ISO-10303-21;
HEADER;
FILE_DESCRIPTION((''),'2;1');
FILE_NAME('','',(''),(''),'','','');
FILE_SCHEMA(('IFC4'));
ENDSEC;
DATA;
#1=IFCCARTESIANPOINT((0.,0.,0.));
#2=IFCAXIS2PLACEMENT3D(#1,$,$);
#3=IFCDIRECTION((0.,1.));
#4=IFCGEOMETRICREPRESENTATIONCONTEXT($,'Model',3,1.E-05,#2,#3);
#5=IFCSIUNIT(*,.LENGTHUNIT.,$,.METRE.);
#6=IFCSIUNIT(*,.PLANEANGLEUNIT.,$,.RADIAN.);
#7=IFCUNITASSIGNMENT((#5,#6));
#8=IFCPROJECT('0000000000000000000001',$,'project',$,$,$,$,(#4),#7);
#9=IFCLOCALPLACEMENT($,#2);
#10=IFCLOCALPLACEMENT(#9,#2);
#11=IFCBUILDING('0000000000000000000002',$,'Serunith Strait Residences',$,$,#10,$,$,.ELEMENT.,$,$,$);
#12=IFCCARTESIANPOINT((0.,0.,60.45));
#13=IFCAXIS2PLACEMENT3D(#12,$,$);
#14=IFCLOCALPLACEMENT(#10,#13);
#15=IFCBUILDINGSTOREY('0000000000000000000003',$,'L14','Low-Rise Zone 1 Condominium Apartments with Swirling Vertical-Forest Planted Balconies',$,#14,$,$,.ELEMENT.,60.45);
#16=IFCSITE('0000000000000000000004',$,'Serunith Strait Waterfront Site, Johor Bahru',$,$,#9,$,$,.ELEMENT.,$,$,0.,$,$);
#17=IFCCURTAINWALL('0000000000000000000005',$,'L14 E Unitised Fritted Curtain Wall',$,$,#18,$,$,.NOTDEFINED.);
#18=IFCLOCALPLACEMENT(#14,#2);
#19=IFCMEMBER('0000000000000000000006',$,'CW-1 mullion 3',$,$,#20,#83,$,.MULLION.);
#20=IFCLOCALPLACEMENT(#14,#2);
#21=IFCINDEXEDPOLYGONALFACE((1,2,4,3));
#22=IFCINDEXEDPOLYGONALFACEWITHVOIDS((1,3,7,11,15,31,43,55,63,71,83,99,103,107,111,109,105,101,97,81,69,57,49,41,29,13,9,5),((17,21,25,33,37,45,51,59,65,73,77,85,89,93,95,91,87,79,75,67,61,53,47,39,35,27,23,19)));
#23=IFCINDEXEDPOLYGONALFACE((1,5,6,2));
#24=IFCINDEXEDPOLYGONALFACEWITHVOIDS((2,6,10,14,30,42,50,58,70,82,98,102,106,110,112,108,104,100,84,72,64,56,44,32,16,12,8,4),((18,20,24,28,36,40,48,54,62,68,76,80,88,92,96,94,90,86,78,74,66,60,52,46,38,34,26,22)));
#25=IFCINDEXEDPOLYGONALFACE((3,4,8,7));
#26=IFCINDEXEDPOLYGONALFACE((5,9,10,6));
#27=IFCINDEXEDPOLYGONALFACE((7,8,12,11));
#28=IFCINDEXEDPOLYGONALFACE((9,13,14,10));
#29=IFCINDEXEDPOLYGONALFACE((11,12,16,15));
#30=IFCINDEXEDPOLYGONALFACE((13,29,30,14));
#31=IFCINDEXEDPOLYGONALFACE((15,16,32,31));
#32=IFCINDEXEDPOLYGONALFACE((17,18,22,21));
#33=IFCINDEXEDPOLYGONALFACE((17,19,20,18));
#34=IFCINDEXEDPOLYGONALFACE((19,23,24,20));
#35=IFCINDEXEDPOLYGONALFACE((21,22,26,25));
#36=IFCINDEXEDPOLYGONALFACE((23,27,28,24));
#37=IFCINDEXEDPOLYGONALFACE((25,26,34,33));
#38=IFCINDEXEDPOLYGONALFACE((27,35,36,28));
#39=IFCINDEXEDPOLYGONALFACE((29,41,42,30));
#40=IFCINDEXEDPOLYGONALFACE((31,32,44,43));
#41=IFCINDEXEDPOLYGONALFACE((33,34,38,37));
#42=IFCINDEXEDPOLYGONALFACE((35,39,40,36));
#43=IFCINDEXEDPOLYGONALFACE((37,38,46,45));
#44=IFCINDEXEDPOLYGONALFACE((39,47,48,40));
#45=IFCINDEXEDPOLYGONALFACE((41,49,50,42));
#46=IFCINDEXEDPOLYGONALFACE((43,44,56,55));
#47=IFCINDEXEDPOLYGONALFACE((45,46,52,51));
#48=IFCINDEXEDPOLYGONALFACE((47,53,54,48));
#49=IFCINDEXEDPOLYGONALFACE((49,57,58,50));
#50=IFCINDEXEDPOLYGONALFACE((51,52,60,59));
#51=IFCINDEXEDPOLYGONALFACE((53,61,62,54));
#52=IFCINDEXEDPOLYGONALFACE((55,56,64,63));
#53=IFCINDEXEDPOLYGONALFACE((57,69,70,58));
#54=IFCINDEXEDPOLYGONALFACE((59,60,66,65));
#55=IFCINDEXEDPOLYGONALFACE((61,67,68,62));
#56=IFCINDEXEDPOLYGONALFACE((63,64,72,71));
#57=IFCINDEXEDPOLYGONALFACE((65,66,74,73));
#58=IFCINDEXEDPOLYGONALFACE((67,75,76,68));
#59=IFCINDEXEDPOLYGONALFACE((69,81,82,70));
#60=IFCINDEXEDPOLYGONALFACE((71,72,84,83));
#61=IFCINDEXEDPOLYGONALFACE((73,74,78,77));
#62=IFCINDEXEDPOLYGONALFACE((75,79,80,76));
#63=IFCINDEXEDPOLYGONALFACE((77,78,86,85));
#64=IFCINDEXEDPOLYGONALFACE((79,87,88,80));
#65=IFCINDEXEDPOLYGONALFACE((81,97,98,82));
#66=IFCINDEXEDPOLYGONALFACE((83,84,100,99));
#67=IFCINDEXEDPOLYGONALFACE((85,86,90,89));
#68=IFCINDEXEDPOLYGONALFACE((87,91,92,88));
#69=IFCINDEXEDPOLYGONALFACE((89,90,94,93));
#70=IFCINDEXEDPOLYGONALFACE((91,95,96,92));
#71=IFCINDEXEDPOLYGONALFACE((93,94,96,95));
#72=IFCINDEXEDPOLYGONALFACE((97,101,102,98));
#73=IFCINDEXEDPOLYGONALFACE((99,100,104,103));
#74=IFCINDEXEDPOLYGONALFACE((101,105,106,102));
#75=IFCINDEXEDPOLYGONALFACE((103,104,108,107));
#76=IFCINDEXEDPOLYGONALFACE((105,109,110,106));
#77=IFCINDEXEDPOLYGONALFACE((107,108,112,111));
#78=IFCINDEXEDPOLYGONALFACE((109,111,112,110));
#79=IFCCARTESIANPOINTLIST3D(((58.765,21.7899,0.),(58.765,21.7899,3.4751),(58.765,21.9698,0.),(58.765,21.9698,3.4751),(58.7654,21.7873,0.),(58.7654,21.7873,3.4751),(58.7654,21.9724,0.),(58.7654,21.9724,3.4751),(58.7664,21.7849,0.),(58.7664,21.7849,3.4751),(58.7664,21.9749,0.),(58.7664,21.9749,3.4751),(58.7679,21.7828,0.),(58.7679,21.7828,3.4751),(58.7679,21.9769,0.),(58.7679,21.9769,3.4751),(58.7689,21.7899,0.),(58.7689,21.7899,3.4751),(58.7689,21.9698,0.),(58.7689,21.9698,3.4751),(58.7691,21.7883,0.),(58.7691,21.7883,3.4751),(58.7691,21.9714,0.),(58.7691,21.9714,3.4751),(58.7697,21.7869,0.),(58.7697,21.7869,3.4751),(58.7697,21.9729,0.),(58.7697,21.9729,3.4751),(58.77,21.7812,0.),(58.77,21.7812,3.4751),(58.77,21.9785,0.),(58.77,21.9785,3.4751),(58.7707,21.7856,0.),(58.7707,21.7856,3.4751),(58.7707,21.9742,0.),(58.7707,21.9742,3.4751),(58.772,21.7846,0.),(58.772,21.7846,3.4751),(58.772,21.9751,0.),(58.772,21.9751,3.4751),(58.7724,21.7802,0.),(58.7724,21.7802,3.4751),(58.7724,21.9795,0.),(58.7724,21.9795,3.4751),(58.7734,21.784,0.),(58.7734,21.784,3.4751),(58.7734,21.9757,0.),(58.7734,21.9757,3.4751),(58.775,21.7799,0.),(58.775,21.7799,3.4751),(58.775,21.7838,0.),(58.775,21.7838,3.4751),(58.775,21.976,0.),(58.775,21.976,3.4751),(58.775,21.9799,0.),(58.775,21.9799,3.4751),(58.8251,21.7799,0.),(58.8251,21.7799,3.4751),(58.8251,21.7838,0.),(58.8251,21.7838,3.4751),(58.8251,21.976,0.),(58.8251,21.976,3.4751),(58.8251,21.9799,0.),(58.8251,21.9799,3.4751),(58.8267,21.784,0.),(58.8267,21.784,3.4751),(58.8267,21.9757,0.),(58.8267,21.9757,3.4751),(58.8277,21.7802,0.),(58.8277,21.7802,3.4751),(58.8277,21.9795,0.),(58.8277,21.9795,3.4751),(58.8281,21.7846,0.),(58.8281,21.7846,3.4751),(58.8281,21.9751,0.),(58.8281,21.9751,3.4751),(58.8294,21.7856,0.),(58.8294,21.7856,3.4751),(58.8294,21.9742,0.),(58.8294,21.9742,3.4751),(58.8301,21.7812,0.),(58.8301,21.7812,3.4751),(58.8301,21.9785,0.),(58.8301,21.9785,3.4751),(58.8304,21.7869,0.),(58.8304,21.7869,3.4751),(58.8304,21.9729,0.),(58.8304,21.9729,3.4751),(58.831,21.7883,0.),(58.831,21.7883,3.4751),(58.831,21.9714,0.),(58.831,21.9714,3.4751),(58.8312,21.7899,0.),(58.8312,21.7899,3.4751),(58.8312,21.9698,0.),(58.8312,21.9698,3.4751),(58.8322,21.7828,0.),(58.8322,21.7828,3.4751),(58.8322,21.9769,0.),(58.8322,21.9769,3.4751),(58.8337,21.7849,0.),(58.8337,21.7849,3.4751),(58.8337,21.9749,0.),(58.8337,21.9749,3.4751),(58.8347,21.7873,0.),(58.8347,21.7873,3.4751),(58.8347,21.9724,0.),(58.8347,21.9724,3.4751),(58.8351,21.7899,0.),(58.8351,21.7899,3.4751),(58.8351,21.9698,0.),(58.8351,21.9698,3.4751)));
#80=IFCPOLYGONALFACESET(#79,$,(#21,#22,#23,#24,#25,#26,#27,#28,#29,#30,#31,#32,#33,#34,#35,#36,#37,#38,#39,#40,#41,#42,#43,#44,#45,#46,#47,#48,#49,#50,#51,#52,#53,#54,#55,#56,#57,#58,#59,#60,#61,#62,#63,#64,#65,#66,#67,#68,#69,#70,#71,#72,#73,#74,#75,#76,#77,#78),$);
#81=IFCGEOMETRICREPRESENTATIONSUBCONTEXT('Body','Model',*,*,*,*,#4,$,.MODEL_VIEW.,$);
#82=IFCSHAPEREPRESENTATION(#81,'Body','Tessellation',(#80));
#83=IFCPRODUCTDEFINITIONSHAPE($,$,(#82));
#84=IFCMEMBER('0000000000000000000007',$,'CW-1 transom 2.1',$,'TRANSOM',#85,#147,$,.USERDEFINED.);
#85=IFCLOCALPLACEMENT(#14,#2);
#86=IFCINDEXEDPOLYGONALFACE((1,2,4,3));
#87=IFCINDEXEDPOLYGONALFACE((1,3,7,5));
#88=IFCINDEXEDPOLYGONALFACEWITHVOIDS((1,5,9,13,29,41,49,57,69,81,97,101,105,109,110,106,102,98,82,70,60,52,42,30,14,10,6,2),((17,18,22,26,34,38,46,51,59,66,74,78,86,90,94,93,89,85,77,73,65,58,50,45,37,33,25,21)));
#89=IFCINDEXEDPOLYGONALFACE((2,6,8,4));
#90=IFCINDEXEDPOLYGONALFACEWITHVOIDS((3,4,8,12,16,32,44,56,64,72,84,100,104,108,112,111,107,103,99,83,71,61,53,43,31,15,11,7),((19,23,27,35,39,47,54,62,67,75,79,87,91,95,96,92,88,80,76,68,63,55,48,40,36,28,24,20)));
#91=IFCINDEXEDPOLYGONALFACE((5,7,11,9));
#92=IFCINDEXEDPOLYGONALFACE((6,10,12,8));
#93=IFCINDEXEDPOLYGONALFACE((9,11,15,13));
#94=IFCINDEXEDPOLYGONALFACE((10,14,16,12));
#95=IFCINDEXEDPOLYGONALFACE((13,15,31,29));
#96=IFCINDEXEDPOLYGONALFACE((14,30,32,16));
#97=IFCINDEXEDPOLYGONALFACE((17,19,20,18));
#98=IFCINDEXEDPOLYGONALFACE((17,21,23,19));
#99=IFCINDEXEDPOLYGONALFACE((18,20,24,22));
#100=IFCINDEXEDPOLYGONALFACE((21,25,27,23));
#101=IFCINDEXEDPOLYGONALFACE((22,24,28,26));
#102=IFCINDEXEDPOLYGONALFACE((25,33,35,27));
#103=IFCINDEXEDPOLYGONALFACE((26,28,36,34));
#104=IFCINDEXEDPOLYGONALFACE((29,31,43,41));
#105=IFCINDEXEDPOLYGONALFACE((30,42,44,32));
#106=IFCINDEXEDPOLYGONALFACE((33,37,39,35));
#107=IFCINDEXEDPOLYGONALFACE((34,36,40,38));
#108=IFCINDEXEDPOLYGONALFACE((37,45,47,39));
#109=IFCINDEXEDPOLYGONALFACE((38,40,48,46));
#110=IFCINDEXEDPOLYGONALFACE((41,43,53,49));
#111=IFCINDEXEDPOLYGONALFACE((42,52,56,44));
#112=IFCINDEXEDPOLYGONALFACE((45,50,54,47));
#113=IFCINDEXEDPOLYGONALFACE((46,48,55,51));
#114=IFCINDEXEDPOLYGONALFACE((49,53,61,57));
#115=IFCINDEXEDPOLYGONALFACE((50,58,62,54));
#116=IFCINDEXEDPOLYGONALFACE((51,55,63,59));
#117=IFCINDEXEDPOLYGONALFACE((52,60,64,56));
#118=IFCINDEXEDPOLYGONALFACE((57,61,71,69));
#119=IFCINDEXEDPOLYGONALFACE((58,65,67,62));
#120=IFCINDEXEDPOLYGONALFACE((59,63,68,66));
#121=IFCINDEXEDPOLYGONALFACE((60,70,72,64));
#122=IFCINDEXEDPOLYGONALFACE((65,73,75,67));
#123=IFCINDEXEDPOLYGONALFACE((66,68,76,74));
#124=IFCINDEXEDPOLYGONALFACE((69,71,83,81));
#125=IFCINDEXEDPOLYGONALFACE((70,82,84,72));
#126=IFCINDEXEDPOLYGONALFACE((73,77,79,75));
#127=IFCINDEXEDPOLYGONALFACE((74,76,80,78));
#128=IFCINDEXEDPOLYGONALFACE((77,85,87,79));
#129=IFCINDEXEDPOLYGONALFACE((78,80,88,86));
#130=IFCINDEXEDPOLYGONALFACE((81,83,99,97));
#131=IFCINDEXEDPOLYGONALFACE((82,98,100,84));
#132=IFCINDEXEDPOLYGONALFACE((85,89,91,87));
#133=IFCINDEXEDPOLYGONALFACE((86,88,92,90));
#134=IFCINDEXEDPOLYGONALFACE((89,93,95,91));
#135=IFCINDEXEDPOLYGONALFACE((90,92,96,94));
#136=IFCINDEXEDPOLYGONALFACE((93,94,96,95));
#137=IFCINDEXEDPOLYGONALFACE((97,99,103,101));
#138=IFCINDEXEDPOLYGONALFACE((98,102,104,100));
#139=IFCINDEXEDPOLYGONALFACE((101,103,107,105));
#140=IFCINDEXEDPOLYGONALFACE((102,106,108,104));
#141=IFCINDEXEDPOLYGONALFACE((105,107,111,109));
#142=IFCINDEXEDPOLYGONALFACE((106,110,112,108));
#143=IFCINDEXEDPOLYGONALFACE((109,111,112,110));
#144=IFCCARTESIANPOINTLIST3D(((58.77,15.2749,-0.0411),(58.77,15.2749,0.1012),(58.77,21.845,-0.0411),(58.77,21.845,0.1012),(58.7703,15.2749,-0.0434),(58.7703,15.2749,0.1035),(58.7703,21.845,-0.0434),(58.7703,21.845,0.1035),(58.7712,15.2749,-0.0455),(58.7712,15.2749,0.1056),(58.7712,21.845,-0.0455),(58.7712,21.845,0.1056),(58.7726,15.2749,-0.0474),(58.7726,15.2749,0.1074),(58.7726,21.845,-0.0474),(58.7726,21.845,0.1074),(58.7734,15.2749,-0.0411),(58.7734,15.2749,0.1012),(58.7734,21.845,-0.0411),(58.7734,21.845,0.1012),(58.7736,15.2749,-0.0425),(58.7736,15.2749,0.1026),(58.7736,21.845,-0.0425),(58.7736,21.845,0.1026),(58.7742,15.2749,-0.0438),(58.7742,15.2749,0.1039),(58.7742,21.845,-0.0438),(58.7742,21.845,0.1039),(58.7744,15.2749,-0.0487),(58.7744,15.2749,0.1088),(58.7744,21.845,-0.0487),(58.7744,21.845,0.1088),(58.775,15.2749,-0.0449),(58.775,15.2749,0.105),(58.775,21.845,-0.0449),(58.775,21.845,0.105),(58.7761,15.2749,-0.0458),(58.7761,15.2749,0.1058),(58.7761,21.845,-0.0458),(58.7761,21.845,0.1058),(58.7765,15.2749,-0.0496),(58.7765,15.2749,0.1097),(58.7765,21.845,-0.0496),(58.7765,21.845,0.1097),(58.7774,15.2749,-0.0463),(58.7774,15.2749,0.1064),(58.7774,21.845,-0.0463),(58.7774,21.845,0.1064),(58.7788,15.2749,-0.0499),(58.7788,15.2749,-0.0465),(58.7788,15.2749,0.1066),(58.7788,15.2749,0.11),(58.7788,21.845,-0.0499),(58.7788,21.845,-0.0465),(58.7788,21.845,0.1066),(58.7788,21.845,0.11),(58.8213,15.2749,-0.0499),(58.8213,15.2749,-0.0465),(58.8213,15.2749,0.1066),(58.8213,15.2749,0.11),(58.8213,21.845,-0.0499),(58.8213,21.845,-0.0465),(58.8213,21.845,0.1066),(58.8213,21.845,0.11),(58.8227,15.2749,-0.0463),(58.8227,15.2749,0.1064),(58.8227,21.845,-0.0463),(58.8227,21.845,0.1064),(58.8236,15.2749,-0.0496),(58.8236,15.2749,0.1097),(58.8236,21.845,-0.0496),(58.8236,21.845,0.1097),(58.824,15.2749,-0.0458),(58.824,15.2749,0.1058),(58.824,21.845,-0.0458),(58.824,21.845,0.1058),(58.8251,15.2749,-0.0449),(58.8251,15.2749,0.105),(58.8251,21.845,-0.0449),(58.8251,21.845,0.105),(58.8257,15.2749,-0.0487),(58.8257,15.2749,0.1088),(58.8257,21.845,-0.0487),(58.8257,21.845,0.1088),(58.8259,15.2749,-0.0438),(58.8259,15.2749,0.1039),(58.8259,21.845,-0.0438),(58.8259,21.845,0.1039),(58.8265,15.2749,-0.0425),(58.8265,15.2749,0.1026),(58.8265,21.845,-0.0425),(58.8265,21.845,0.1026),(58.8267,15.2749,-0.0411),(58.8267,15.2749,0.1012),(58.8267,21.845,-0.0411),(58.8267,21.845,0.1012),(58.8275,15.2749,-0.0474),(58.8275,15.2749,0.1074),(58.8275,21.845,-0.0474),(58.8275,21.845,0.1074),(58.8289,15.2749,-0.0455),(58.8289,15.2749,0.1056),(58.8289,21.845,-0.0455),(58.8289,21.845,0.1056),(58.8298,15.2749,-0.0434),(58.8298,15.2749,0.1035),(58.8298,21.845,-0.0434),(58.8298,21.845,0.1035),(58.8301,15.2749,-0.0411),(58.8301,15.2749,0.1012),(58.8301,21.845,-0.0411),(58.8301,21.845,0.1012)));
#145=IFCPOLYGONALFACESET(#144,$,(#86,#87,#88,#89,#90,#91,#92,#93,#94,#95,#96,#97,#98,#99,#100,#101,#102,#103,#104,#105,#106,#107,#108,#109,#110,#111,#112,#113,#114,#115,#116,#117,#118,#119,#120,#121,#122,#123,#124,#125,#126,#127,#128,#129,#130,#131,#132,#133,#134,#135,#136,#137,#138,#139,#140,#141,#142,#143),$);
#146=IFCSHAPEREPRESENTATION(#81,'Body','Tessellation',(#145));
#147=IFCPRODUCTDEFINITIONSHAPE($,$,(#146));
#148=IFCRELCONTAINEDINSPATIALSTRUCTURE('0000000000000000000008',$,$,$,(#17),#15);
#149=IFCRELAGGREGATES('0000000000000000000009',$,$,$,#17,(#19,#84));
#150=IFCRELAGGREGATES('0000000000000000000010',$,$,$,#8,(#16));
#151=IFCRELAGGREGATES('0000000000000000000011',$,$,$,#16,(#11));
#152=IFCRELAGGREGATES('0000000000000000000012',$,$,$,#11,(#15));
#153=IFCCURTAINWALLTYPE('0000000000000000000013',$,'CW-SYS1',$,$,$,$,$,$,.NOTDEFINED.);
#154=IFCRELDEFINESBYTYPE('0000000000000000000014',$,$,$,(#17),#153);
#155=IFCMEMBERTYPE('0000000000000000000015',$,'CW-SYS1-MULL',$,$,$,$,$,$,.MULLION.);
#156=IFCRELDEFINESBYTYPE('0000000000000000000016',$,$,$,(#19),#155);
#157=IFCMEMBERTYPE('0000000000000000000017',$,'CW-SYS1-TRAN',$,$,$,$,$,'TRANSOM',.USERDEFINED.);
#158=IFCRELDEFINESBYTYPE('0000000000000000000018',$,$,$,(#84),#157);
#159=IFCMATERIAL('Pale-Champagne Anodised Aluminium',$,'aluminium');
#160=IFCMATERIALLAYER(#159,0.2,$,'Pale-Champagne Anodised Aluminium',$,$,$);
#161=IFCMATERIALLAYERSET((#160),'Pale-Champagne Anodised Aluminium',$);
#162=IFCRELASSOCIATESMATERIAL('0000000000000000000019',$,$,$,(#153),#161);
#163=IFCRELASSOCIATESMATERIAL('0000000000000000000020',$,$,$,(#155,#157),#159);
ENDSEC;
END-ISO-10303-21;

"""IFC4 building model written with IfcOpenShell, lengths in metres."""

from ifc_helpers import new_model, si_unit, direction, frame, origin, origin_2d, place, context, subcontext, project, spatial, hollow_rectangle, extrude, source, transform, mapped, material, layer, layer_set, material_profile, profile_set, type_object, element, aggregate, save


model = new_model("IFC4")

# Units and contexts
model_context = context("Model", 3, precision=1e-05, world=origin(), true_north=direction((0.0, 1.0)))
body_context = subcontext(model_context, "Body", "Model", "MODEL_VIEW")
ifc_project = project(units=[si_unit("LENGTHUNIT", "METRE"), si_unit("PLANEANGLEUNIT", "RADIAN")], contexts=[model_context])

# Site, building, storey
site_placement = place(None, origin())
site = spatial("IfcSite", under=ifc_project, at=site_placement, Name="Serunith Strait Waterfront Site, Johor Bahru", CompositionType="ELEMENT", RefElevation=0.0)
building_placement = place(site_placement, origin())
building = spatial("IfcBuilding", under=site, at=building_placement, Name="Serunith Strait Residences", CompositionType="ELEMENT")
storey_placement = place(building_placement, frame((0.0, 0.0, 60.45)))
storey = spatial("IfcBuildingStorey", under=building, at=storey_placement, Name="L14", Description="Low-Rise Zone 1 Condominium Apartments with Swirling Vertical-Forest Planted Balconies", CompositionType="ELEMENT", Elevation=60.45)

# Curtain wall, members
ifc_material_1 = material(Name="Pale-Champagne Anodised Aluminium", Category="aluminium")
ifc_layer_1 = layer(ifc_material_1, 0.2, Name="Pale-Champagne Anodised Aluminium")
ifc_layer_set_1 = layer_set([ifc_layer_1], Name="Pale-Champagne Anodised Aluminium")
curtain_wall_type = type_object("IfcCurtainWallType", Name="CW-SYS1", PredefinedType="NOTDEFINED", material=ifc_layer_set_1)
curtain_wall_placement = place(storey_placement, origin())
curtain_wall = element("IfcCurtainWall", 1, at=curtain_wall_placement, inside=storey, type_object=curtain_wall_type, Name="L14 E Unitised Fritted Curtain Wall", PredefinedType="NOTDEFINED")
ifc_material_profile_1 = material_profile(ifc_material_1, hollow_rectangle(XDim=0.0701, YDim=0.2, WallThickness=0.0039, InnerFilletRadius=0.0061, OuterFilletRadius=0.01, at=origin_2d()), Name="ALU 200x70x4")
ifc_profile_set_1 = profile_set([ifc_material_profile_1], Name="Pale-Champagne Anodised Aluminium")
member_type_1 = type_object("IfcMemberType", Name="CW-SYS1-MULL", PredefinedType="MULLION", material=ifc_profile_set_1)
shared_shape_1 = source(origin(), body_context, "Body", "SweptSolid", [
    extrude(hollow_rectangle(XDim=0.0701, YDim=0.2, WallThickness=0.0039, InnerFilletRadius=0.0061, OuterFilletRadius=0.01, at=origin_2d()), origin(), (0.0, 0.0, 1.0), 3.4751),
])
member_1_placement = place(storey_placement, frame((58.8, 21.8799, 0.0), z_axis=(0.0, 0.0, 1.0), x_axis=(-1.0, 0.0, 0.0)))
member_1 = element("IfcMember", 2, at=member_1_placement, type_object=member_type_1, Name="CW-1 mullion 3", PredefinedType="MULLION", context=body_context, shape_type="MappedRepresentation", body=[
    mapped(shared_shape_1, transform((0.0, 0.0, 0.0), scale=1.0)),
])
ifc_material_profile_2 = material_profile(ifc_material_1, hollow_rectangle(XDim=0.0601, YDim=0.1599, WallThickness=0.0034, InnerFilletRadius=0.0054, OuterFilletRadius=0.0088, at=origin_2d()), Name="ALU 160x60x3.5")
ifc_profile_set_2 = profile_set([ifc_material_profile_2], Name="Pale-Champagne Anodised Aluminium")
member_type_2 = type_object("IfcMemberType", Name="CW-SYS1-TRAN", ElementType="TRANSOM", PredefinedType="USERDEFINED", material=ifc_profile_set_2)
shared_shape_2 = source(origin(), body_context, "Body", "SweptSolid", [
    extrude(hollow_rectangle(XDim=0.0601, YDim=0.1599, WallThickness=0.0034, InnerFilletRadius=0.0054, OuterFilletRadius=0.0088, at=origin_2d()), origin(), (0.0, 0.0, 1.0), 6.5701),
])
member_2_placement = place(storey_placement, frame((58.8, 15.2749, 0.03), z_axis=(0.0, 1.0, 0.0), x_axis=(-1.0, 0.0, 0.0)))
member_2 = element("IfcMember", 3, at=member_2_placement, type_object=member_type_2, Name="CW-1 transom 2.1", ObjectType="TRANSOM", PredefinedType="USERDEFINED", context=body_context, shape_type="MappedRepresentation", body=[
    mapped(shared_shape_2, transform((0.0, 0.0, 0.0), scale=1.0)),
])
aggregate(curtain_wall, [member_1, member_2])

save(model, "model.ifc")
